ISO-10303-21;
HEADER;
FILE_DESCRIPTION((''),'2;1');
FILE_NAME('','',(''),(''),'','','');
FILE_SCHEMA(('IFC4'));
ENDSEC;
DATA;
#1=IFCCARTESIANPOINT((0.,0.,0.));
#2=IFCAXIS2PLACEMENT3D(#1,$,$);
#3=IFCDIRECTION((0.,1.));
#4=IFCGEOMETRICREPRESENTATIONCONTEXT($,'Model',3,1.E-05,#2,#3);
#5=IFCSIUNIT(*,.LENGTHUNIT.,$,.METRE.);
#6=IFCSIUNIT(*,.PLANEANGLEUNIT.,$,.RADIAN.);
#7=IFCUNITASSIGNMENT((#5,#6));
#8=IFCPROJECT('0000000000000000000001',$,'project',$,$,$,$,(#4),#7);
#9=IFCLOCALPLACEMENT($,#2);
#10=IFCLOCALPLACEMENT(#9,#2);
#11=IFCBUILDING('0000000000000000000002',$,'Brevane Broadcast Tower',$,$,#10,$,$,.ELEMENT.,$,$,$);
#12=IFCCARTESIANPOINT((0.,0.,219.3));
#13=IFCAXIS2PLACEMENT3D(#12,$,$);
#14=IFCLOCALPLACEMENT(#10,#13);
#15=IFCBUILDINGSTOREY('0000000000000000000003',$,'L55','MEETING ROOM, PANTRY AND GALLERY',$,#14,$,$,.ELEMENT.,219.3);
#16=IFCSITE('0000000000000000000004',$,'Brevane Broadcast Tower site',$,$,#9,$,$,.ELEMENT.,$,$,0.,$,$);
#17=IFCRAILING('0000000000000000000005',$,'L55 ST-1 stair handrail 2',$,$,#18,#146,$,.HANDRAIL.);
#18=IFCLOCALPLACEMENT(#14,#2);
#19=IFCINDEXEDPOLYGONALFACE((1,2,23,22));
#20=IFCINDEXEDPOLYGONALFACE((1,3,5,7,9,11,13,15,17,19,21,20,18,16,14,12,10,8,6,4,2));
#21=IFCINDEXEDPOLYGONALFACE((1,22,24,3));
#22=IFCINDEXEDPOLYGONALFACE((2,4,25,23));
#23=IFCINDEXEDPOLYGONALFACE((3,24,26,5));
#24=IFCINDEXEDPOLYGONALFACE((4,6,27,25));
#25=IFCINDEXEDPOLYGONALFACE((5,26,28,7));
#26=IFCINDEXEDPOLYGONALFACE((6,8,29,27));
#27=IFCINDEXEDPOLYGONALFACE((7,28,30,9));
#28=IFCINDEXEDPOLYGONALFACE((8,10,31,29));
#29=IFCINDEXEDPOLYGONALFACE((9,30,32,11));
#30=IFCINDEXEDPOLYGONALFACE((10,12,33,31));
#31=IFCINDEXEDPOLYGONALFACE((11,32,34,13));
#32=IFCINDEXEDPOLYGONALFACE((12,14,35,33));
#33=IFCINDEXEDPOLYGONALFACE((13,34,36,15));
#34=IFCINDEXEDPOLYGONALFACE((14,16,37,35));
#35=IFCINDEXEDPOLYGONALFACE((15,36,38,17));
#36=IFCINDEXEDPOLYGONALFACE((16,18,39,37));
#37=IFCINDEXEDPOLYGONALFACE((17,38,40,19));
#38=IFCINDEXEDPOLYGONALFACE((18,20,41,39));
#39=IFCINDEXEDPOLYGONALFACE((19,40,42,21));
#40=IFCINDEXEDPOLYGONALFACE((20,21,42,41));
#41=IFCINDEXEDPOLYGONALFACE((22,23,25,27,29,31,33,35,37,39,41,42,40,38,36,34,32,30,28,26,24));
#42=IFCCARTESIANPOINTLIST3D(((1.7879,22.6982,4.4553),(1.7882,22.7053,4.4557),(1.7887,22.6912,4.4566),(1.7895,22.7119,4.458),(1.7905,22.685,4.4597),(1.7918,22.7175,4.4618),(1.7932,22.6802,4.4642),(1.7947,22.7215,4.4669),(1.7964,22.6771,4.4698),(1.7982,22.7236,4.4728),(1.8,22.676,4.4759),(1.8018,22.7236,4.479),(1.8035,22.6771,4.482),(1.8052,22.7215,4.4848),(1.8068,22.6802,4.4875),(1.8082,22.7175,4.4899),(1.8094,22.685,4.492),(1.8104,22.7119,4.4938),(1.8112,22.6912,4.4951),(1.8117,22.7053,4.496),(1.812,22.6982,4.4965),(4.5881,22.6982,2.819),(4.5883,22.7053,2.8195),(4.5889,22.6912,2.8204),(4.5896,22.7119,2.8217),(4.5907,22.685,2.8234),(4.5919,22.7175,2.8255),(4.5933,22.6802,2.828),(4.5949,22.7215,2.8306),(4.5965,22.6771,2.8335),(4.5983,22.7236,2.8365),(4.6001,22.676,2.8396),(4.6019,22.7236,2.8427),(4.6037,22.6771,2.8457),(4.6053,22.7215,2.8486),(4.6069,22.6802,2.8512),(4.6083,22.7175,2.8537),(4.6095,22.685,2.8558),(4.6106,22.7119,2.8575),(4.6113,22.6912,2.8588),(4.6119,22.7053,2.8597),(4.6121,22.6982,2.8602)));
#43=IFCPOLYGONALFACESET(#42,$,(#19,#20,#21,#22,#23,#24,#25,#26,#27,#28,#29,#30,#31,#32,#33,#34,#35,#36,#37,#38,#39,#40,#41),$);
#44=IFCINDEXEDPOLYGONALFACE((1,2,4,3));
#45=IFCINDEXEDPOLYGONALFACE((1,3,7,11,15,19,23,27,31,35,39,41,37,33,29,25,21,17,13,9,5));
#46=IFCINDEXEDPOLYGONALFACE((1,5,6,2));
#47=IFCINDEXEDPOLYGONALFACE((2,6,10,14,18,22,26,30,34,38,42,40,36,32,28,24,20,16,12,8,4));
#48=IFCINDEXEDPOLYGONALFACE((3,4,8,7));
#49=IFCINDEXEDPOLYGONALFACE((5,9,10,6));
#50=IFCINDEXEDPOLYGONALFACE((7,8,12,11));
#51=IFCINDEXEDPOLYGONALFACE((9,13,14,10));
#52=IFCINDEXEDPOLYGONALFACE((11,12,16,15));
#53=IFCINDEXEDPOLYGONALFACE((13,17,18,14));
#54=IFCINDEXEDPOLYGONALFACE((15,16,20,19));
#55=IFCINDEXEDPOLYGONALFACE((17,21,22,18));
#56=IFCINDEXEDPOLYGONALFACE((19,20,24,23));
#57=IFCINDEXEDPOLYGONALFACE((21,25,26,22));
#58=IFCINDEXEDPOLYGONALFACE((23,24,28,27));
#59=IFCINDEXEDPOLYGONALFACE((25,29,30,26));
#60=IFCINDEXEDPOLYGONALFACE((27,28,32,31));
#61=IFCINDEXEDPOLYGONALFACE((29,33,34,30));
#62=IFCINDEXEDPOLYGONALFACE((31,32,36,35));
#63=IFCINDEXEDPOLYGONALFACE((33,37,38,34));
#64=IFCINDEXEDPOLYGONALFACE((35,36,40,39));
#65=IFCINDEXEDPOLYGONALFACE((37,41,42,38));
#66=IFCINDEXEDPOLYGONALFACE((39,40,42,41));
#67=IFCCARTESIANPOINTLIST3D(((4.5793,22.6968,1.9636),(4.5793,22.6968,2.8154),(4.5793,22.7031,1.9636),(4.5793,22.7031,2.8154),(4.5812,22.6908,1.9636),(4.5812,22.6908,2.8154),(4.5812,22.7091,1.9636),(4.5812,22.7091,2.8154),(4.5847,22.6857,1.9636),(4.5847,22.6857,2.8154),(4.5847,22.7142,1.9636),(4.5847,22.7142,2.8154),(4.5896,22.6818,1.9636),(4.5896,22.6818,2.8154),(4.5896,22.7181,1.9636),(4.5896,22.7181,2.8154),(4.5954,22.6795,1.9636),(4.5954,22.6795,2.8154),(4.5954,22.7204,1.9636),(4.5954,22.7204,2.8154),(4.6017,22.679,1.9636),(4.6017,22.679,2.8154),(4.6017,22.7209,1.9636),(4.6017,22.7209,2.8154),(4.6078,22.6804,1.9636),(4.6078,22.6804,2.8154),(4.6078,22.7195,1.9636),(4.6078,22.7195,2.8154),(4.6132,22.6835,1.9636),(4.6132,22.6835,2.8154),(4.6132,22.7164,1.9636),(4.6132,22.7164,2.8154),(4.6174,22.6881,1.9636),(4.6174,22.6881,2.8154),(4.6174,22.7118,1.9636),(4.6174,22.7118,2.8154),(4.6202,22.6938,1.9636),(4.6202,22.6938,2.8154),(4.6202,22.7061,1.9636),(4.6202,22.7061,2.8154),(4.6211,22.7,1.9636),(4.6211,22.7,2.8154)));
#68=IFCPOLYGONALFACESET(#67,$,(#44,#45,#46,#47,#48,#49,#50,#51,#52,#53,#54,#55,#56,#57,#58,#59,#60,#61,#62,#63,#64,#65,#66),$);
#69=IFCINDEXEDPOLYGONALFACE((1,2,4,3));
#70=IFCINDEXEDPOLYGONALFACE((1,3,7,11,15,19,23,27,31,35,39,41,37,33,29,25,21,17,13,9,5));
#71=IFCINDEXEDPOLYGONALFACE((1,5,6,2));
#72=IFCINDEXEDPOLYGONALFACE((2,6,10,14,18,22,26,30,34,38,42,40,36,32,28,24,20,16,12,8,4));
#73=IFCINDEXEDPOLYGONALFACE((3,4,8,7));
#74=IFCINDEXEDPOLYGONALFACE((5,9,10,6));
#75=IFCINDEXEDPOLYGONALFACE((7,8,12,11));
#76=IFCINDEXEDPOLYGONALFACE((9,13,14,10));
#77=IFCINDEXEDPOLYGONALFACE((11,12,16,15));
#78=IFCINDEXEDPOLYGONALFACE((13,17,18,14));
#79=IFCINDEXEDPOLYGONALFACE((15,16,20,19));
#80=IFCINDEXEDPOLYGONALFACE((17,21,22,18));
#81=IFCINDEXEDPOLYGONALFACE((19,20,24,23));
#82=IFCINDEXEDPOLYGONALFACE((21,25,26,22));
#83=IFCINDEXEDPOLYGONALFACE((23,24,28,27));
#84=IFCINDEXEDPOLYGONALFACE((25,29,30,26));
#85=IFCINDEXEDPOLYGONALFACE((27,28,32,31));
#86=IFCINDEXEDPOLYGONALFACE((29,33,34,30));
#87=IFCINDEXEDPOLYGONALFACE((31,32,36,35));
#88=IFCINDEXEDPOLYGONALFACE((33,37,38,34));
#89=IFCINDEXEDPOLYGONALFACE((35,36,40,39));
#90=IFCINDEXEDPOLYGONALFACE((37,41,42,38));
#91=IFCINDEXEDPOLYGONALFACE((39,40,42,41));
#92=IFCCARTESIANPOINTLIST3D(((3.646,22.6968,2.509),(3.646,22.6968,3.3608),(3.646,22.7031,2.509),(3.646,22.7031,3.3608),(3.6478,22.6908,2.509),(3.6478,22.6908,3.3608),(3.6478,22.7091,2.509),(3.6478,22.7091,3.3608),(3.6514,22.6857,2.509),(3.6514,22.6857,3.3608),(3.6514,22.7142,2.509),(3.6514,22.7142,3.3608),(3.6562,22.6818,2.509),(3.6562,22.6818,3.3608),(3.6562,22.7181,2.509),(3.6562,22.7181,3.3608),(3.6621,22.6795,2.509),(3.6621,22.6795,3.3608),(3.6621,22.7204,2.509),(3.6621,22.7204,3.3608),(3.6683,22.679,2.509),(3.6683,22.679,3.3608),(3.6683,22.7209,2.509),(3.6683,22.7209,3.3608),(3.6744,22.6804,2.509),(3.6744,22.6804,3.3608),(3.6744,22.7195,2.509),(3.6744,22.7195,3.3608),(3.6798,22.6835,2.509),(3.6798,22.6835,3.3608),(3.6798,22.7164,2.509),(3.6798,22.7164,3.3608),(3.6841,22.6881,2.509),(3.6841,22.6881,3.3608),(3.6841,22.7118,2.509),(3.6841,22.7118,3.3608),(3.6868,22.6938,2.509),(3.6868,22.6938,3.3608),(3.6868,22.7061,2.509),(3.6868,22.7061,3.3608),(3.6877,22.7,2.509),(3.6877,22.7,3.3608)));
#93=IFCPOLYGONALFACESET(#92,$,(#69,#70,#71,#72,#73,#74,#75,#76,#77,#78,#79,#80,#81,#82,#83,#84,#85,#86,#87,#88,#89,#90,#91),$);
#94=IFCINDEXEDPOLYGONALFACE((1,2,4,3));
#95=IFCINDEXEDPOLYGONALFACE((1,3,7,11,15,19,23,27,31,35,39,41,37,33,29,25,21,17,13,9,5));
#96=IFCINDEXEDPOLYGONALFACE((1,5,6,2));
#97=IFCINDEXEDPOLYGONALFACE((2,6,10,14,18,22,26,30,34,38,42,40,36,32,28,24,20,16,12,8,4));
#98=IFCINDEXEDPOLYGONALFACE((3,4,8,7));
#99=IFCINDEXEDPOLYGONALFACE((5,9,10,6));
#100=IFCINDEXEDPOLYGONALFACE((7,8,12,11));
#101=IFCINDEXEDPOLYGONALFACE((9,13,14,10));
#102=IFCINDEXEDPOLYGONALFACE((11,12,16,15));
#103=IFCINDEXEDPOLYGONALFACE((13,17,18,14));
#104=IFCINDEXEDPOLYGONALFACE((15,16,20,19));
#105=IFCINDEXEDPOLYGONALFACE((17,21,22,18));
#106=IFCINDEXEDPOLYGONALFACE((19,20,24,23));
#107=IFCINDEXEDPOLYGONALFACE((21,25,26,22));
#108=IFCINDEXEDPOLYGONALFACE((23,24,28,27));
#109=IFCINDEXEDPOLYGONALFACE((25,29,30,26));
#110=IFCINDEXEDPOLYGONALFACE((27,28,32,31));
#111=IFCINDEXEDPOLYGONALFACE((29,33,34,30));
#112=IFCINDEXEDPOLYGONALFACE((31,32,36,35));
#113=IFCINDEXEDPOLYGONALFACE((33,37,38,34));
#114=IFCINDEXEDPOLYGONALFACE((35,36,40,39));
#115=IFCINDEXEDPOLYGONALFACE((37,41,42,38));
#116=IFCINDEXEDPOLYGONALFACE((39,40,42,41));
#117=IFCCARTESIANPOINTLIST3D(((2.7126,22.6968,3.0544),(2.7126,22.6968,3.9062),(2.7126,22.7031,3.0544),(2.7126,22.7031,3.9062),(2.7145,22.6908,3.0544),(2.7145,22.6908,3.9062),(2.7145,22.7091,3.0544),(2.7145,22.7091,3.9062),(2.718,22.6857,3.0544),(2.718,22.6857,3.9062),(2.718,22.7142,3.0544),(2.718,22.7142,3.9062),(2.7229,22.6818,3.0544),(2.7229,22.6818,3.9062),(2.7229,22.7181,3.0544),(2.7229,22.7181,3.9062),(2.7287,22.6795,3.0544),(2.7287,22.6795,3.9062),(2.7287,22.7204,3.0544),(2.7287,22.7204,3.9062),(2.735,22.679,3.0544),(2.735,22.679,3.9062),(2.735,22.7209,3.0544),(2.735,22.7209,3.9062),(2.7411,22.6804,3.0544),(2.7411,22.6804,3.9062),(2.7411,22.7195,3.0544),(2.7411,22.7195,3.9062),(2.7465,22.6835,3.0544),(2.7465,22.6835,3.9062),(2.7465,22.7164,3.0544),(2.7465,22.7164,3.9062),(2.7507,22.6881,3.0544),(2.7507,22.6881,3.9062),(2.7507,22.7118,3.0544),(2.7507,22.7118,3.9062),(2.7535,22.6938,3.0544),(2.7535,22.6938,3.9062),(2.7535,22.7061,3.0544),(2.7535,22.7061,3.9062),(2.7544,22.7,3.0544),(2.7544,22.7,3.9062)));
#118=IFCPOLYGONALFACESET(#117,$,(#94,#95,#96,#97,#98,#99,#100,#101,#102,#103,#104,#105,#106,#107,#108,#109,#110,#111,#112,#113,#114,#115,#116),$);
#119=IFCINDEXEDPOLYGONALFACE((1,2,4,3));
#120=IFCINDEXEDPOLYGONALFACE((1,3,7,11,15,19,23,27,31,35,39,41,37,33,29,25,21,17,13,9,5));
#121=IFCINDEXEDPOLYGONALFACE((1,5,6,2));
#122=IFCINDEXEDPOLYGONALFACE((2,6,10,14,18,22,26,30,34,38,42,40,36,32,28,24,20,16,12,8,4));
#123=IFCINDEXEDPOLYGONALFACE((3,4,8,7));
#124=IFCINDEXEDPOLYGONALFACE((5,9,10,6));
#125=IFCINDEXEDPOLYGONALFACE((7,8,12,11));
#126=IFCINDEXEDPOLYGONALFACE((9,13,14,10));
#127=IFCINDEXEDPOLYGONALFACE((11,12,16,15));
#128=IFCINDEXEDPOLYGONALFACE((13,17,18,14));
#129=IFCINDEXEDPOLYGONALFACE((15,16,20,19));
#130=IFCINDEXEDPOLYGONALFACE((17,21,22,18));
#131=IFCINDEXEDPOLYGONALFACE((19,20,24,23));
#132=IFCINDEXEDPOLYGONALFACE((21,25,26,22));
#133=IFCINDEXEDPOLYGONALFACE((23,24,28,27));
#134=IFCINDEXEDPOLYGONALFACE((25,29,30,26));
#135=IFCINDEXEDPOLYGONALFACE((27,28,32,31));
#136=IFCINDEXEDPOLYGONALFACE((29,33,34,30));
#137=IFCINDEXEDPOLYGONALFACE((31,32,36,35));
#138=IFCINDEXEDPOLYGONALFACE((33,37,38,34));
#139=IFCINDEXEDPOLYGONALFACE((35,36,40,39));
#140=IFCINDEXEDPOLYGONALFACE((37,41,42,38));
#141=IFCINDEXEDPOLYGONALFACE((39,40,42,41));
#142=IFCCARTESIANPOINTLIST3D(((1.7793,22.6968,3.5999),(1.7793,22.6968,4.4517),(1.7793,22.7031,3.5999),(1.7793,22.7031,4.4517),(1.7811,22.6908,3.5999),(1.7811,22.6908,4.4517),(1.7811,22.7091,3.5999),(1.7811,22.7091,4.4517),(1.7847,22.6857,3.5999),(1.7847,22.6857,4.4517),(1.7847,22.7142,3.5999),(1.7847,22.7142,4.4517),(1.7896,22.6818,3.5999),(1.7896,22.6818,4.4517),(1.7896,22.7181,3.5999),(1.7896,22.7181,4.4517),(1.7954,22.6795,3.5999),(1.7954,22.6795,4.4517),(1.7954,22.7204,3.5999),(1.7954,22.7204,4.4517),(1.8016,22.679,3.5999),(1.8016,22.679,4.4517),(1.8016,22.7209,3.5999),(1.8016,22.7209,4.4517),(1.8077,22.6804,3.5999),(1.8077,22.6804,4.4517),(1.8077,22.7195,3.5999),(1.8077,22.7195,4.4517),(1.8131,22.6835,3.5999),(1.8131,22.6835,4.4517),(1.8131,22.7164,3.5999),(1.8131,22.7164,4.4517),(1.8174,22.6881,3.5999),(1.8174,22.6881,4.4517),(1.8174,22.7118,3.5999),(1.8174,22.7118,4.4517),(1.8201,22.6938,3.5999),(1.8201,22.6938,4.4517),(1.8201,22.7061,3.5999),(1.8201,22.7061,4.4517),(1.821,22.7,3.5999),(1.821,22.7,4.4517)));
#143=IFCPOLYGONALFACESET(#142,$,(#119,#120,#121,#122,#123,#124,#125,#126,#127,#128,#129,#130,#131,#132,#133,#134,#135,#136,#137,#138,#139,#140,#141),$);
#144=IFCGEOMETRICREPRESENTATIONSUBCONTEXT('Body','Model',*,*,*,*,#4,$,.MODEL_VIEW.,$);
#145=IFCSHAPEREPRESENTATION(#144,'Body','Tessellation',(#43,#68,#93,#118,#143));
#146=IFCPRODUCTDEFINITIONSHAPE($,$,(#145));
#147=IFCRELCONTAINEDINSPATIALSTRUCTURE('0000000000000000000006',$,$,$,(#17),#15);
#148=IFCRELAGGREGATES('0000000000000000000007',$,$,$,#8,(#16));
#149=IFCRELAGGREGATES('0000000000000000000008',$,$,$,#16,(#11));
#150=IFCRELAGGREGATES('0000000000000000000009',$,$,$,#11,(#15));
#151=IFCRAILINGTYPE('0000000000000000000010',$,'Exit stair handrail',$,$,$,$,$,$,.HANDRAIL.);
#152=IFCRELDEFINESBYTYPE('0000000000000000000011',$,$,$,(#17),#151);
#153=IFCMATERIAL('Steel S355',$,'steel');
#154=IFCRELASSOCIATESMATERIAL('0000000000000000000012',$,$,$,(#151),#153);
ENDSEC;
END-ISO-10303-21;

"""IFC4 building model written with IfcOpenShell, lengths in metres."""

from ifc_helpers import new_model, si_unit, direction, frame, origin, origin_2d, place, context, subcontext, project, spatial, circle, extrude, material, type_object, element, save


model = new_model("IFC4")

# Units and contexts
model_context = context("Model", 3, precision=1e-05, world=origin(), true_north=direction((0.0, 1.0)))
body_context = subcontext(model_context, "Body", "Model", "MODEL_VIEW")
ifc_project = project(units=[si_unit("LENGTHUNIT", "METRE"), si_unit("PLANEANGLEUNIT", "RADIAN")], contexts=[model_context])

# Site, building, storey
site_placement = place(None, origin())
site = spatial("IfcSite", under=ifc_project, at=site_placement, Name="Brevane Broadcast Tower site", CompositionType="ELEMENT", RefElevation=0.0)
building_placement = place(site_placement, origin())
building = spatial("IfcBuilding", under=site, at=building_placement, Name="Brevane Broadcast Tower", CompositionType="ELEMENT")
storey_placement = place(building_placement, frame((0.0, 0.0, 219.3)))
storey = spatial("IfcBuildingStorey", under=building, at=storey_placement, Name="L55", Description="MEETING ROOM, PANTRY AND GALLERY", CompositionType="ELEMENT", Elevation=219.3)

# Railing
ifc_material_1 = material(Name="Steel S355", Category="steel")
railing_type_1 = type_object("IfcRailingType", Name="Exit stair handrail", PredefinedType="HANDRAIL", material=ifc_material_1)
railing_1_placement = place(storey_placement, frame((4.6001, 22.7, 1.9636)))
element("IfcRailing", 1, at=railing_1_placement, inside=storey, type_object=railing_type_1, Name="L55 ST-1 stair handrail 2", PredefinedType="HANDRAIL", context=body_context, shape_type="SweptSolid", body=[
    extrude(circle(Radius=0.0239, at=origin_2d()), frame((0.0, 0.0, 0.876), z_axis=(-0.863394, 0.0, 0.504531), x_axis=(0.0, -1.0, 0.0)), (0.0, 0.0, 1.0), 3.2432),
    extrude(circle(Radius=0.021, at=origin_2d()), origin(), (0.0, 0.0, 1.0), 0.8518),
    extrude(circle(Radius=0.021, at=origin_2d()), frame((-0.9333, 0.0, 0.5454)), (0.0, 0.0, 1.0), 0.8518),
    extrude(circle(Radius=0.021, at=origin_2d()), frame((-1.8667, 0.0, 1.0908)), (0.0, 0.0, 1.0), 0.8518),
    extrude(circle(Radius=0.021, at=origin_2d()), frame((-2.8, 0.0, 1.6362)), (0.0, 0.0, 1.0), 0.8518),
])

save(model, "model.ifc")
